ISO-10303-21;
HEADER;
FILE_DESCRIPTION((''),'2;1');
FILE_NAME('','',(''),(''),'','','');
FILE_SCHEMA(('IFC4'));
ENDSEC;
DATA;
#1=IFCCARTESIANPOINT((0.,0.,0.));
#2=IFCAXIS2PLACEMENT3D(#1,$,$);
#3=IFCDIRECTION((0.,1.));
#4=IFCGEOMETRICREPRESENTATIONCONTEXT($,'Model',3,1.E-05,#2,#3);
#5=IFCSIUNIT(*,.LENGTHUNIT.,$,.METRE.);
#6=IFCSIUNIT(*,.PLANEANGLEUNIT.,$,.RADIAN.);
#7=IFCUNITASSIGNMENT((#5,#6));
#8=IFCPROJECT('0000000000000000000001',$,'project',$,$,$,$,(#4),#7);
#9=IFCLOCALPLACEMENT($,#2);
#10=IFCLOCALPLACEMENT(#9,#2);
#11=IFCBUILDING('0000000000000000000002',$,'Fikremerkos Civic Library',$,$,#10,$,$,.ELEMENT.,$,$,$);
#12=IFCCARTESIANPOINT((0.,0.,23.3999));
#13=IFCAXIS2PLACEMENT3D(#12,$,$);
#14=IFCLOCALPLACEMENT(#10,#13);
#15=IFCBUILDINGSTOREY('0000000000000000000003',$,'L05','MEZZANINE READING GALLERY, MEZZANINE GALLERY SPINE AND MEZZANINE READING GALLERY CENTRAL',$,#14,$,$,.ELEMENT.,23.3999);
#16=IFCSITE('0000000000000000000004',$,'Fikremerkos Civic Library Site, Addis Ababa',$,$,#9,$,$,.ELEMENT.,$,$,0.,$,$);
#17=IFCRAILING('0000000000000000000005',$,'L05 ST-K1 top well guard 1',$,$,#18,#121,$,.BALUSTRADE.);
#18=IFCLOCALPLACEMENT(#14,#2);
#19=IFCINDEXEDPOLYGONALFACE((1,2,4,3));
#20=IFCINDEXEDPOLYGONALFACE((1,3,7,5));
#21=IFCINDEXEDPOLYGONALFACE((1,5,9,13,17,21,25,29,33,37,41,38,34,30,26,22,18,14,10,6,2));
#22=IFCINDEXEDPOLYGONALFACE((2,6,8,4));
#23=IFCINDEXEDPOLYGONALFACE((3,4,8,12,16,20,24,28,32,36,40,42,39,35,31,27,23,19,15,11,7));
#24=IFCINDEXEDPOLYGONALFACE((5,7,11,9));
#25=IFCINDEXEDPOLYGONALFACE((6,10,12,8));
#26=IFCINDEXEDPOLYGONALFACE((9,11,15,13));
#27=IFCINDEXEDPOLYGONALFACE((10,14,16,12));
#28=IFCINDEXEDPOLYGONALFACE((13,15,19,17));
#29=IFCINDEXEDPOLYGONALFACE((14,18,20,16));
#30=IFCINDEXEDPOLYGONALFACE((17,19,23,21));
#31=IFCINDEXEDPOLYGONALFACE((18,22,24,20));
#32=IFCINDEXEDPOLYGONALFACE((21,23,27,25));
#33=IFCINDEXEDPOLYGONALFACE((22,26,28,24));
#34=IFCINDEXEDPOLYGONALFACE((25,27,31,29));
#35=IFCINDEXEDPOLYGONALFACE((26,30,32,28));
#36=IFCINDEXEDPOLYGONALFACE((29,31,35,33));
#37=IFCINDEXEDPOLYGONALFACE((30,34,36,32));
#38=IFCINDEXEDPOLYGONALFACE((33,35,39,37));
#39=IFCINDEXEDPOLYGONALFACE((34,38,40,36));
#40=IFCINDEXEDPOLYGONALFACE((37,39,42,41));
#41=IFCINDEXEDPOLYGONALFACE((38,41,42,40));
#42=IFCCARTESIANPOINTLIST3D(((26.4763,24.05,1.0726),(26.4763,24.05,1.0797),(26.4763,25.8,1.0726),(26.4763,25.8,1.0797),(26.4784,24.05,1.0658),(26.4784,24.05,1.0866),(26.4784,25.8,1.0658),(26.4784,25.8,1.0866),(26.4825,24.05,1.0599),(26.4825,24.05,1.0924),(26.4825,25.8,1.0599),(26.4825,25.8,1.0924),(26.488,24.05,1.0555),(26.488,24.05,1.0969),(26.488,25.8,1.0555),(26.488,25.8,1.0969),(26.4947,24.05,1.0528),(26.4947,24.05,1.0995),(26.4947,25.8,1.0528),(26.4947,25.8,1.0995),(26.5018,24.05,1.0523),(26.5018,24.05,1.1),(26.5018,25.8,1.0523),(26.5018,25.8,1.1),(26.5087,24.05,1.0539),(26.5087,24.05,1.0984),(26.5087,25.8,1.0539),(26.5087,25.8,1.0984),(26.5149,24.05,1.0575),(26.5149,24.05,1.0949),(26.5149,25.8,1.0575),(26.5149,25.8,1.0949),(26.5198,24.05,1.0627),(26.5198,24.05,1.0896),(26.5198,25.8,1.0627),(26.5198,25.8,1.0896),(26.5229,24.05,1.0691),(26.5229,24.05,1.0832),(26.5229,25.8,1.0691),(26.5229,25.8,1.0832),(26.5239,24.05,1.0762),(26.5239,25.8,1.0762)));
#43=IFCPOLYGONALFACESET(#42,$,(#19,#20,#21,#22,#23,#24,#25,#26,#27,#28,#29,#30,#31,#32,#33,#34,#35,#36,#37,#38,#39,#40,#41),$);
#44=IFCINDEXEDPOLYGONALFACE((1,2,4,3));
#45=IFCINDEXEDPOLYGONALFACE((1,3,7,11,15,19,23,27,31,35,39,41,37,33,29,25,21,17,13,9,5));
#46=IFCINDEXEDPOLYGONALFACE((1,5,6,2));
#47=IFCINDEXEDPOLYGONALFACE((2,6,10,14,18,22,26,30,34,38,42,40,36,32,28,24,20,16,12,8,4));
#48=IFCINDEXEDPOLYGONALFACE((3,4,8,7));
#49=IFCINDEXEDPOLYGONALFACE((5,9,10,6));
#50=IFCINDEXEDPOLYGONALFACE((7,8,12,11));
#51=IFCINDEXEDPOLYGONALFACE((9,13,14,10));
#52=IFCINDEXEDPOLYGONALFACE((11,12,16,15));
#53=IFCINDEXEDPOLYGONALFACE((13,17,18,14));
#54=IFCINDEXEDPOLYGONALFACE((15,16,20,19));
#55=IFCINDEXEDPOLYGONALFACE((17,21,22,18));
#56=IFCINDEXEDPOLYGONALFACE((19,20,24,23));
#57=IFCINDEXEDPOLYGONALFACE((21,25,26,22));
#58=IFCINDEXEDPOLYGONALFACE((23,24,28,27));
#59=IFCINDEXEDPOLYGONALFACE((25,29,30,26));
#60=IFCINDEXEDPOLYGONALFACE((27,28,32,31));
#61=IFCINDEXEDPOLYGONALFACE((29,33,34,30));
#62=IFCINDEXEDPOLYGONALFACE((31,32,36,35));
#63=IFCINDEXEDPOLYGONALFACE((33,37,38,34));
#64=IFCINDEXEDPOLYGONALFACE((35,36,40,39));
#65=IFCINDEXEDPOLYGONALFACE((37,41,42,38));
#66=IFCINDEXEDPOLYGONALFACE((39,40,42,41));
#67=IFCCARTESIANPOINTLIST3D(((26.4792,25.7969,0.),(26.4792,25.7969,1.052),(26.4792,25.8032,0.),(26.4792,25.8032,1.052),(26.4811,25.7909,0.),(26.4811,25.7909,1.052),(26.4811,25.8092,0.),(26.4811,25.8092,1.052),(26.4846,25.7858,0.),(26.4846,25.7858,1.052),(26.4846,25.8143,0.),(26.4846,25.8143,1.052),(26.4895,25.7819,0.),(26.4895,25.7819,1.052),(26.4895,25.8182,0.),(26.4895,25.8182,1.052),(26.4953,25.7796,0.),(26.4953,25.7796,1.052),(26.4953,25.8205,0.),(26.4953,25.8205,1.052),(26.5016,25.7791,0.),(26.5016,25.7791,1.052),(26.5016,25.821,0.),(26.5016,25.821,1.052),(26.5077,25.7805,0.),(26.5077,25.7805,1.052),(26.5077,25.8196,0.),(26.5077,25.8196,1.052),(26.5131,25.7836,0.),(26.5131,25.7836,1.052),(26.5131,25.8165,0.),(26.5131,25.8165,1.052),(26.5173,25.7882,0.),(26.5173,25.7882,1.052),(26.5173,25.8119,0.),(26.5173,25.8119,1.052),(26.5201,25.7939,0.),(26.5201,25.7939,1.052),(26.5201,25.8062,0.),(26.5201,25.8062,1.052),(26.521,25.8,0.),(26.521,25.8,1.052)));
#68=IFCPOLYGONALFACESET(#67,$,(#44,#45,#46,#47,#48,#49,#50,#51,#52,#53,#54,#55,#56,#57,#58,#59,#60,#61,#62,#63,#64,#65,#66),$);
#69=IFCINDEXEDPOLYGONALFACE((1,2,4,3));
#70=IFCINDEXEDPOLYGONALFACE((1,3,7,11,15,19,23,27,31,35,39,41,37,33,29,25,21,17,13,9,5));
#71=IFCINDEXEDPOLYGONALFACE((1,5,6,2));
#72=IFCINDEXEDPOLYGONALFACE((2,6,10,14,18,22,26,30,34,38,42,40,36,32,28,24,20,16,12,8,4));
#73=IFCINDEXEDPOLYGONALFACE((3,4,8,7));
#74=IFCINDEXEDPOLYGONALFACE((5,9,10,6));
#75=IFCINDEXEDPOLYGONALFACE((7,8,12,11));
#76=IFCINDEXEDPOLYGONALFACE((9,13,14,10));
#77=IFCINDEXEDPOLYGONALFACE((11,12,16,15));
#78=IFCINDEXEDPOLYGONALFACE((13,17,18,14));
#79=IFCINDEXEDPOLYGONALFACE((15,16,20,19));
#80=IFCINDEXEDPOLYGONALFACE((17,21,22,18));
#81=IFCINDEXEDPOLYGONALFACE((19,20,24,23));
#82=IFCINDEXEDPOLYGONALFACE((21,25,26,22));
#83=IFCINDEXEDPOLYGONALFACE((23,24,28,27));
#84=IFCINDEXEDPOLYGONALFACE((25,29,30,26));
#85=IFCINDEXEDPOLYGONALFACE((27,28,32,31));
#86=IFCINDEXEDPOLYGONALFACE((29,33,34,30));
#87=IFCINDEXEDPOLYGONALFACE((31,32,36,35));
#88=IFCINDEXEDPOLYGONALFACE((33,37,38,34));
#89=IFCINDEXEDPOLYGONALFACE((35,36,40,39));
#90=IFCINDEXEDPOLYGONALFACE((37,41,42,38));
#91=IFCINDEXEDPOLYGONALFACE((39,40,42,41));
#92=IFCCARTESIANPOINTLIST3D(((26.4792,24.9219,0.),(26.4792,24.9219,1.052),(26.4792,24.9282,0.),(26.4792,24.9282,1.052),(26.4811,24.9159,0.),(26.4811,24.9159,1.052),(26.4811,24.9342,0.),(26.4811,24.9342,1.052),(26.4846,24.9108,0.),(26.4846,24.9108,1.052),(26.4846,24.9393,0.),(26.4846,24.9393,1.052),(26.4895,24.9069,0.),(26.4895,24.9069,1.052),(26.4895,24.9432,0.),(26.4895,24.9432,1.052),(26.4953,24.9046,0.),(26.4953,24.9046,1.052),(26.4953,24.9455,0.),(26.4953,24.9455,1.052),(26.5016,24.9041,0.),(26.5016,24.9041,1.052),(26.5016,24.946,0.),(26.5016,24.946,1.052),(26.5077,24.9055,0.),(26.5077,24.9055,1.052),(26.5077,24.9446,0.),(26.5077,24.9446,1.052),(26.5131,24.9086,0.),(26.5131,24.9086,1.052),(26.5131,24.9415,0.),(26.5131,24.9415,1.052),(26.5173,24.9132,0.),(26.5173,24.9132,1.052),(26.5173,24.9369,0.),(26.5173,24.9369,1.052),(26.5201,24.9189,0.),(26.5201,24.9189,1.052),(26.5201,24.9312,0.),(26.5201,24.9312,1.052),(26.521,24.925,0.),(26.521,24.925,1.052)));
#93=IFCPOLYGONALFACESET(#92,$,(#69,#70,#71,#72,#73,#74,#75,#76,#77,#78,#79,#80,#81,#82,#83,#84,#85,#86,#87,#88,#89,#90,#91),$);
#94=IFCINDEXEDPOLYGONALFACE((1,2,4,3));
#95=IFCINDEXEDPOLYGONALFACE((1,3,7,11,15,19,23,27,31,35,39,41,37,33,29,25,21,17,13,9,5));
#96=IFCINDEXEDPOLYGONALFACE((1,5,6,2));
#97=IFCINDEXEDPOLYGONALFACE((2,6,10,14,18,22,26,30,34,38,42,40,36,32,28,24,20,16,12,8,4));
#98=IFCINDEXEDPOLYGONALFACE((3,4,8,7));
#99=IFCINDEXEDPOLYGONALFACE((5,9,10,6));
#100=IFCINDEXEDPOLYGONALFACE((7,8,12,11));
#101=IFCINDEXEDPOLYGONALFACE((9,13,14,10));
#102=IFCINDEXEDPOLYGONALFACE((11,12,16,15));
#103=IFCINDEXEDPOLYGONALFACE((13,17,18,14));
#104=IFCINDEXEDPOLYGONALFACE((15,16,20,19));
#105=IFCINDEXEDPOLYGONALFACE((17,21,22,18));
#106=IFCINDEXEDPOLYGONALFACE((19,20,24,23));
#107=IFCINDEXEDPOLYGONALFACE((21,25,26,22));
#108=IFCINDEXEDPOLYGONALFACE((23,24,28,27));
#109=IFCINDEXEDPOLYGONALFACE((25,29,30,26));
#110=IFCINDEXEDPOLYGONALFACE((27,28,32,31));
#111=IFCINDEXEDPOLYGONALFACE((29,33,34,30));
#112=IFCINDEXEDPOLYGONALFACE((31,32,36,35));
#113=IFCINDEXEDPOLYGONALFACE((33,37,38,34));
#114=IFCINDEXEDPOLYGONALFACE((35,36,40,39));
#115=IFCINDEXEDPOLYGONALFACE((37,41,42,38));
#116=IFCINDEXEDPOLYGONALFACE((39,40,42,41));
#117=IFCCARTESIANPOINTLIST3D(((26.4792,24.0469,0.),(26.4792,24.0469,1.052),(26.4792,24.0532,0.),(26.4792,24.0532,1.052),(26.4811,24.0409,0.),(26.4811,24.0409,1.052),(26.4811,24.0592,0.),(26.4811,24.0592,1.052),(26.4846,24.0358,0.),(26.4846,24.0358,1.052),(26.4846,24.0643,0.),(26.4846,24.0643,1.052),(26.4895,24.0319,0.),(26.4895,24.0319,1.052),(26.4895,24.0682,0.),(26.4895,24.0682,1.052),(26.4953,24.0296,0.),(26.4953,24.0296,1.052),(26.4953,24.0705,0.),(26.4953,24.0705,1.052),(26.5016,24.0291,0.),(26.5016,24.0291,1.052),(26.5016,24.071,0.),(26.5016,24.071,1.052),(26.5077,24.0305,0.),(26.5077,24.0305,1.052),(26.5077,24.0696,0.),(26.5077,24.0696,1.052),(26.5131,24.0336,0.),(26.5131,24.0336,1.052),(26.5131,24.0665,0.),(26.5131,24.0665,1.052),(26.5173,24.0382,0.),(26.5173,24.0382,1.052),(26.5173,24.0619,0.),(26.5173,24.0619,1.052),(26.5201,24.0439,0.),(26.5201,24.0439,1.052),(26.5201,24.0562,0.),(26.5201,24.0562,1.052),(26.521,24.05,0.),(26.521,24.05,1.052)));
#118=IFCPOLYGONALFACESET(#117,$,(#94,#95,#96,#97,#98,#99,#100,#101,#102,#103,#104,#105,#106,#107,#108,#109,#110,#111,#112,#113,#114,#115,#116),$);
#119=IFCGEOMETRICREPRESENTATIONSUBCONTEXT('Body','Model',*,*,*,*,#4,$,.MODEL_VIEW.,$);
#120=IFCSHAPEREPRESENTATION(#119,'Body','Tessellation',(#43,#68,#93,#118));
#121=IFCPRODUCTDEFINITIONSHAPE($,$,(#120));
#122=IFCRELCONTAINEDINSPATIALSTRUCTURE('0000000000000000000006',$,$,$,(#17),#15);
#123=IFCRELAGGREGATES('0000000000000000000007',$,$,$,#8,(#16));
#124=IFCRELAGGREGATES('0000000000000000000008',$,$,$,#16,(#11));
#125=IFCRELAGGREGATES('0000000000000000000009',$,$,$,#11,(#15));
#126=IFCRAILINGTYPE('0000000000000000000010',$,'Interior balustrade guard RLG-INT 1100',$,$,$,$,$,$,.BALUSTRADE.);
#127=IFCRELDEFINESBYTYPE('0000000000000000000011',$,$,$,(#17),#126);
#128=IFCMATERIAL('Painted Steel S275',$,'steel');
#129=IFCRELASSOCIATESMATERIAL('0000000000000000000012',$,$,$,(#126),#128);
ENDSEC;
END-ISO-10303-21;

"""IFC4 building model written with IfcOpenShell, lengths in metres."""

from ifc_helpers import new_model, si_unit, direction, frame, origin, origin_2d, place, context, subcontext, project, spatial, circle, extrude, material, type_object, element, save


model = new_model("IFC4")

# Units and contexts
model_context = context("Model", 3, precision=1e-05, world=origin(), true_north=direction((0.0, 1.0)))
body_context = subcontext(model_context, "Body", "Model", "MODEL_VIEW")
ifc_project = project(units=[si_unit("LENGTHUNIT", "METRE"), si_unit("PLANEANGLEUNIT", "RADIAN")], contexts=[model_context])

# Site, building, storey
site_placement = place(None, origin())
site = spatial("IfcSite", under=ifc_project, at=site_placement, Name="Fikremerkos Civic Library Site, Addis Ababa", CompositionType="ELEMENT", RefElevation=0.0)
building_placement = place(site_placement, origin())
building = spatial("IfcBuilding", under=site, at=building_placement, Name="Fikremerkos Civic Library", CompositionType="ELEMENT")
storey_placement = place(building_placement, frame((0.0, 0.0, 23.3999)))
storey = spatial("IfcBuildingStorey", under=building, at=storey_placement, Name="L05", Description="MEZZANINE READING GALLERY, MEZZANINE GALLERY SPINE AND MEZZANINE READING GALLERY CENTRAL", CompositionType="ELEMENT", Elevation=23.3999)

# Railing
ifc_material_1 = material(Name="Painted Steel S275", Category="steel")
railing_type = type_object("IfcRailingType", Name="Interior balustrade guard RLG-INT 1100", PredefinedType="BALUSTRADE", material=ifc_material_1)
railing_1_placement = place(storey_placement, frame((26.5, 25.8, 0.0)))
element("IfcRailing", 1, at=railing_1_placement, inside=storey, type_object=railing_type, Name="L05 ST-K1 top well guard 1", PredefinedType="BALUSTRADE", context=body_context, shape_type="SweptSolid", body=[
    extrude(circle(Radius=0.0239, at=origin_2d()), frame((0.0, 0.0, 1.0762), z_axis=(0.0, -1.0, 0.0), x_axis=(1.0, 0.0, 0.0)), (0.0, 0.0, 1.0), 1.75),
    extrude(circle(Radius=0.021, at=origin_2d()), origin(), (0.0, 0.0, 1.0), 1.052),
    extrude(circle(Radius=0.021, at=origin_2d()), frame((0.0, -0.875, 0.0)), (0.0, 0.0, 1.0), 1.052),
    extrude(circle(Radius=0.021, at=origin_2d()), frame((0.0, -1.75, 0.0)), (0.0, 0.0, 1.0), 1.052),
])

save(model, "model.ifc")
